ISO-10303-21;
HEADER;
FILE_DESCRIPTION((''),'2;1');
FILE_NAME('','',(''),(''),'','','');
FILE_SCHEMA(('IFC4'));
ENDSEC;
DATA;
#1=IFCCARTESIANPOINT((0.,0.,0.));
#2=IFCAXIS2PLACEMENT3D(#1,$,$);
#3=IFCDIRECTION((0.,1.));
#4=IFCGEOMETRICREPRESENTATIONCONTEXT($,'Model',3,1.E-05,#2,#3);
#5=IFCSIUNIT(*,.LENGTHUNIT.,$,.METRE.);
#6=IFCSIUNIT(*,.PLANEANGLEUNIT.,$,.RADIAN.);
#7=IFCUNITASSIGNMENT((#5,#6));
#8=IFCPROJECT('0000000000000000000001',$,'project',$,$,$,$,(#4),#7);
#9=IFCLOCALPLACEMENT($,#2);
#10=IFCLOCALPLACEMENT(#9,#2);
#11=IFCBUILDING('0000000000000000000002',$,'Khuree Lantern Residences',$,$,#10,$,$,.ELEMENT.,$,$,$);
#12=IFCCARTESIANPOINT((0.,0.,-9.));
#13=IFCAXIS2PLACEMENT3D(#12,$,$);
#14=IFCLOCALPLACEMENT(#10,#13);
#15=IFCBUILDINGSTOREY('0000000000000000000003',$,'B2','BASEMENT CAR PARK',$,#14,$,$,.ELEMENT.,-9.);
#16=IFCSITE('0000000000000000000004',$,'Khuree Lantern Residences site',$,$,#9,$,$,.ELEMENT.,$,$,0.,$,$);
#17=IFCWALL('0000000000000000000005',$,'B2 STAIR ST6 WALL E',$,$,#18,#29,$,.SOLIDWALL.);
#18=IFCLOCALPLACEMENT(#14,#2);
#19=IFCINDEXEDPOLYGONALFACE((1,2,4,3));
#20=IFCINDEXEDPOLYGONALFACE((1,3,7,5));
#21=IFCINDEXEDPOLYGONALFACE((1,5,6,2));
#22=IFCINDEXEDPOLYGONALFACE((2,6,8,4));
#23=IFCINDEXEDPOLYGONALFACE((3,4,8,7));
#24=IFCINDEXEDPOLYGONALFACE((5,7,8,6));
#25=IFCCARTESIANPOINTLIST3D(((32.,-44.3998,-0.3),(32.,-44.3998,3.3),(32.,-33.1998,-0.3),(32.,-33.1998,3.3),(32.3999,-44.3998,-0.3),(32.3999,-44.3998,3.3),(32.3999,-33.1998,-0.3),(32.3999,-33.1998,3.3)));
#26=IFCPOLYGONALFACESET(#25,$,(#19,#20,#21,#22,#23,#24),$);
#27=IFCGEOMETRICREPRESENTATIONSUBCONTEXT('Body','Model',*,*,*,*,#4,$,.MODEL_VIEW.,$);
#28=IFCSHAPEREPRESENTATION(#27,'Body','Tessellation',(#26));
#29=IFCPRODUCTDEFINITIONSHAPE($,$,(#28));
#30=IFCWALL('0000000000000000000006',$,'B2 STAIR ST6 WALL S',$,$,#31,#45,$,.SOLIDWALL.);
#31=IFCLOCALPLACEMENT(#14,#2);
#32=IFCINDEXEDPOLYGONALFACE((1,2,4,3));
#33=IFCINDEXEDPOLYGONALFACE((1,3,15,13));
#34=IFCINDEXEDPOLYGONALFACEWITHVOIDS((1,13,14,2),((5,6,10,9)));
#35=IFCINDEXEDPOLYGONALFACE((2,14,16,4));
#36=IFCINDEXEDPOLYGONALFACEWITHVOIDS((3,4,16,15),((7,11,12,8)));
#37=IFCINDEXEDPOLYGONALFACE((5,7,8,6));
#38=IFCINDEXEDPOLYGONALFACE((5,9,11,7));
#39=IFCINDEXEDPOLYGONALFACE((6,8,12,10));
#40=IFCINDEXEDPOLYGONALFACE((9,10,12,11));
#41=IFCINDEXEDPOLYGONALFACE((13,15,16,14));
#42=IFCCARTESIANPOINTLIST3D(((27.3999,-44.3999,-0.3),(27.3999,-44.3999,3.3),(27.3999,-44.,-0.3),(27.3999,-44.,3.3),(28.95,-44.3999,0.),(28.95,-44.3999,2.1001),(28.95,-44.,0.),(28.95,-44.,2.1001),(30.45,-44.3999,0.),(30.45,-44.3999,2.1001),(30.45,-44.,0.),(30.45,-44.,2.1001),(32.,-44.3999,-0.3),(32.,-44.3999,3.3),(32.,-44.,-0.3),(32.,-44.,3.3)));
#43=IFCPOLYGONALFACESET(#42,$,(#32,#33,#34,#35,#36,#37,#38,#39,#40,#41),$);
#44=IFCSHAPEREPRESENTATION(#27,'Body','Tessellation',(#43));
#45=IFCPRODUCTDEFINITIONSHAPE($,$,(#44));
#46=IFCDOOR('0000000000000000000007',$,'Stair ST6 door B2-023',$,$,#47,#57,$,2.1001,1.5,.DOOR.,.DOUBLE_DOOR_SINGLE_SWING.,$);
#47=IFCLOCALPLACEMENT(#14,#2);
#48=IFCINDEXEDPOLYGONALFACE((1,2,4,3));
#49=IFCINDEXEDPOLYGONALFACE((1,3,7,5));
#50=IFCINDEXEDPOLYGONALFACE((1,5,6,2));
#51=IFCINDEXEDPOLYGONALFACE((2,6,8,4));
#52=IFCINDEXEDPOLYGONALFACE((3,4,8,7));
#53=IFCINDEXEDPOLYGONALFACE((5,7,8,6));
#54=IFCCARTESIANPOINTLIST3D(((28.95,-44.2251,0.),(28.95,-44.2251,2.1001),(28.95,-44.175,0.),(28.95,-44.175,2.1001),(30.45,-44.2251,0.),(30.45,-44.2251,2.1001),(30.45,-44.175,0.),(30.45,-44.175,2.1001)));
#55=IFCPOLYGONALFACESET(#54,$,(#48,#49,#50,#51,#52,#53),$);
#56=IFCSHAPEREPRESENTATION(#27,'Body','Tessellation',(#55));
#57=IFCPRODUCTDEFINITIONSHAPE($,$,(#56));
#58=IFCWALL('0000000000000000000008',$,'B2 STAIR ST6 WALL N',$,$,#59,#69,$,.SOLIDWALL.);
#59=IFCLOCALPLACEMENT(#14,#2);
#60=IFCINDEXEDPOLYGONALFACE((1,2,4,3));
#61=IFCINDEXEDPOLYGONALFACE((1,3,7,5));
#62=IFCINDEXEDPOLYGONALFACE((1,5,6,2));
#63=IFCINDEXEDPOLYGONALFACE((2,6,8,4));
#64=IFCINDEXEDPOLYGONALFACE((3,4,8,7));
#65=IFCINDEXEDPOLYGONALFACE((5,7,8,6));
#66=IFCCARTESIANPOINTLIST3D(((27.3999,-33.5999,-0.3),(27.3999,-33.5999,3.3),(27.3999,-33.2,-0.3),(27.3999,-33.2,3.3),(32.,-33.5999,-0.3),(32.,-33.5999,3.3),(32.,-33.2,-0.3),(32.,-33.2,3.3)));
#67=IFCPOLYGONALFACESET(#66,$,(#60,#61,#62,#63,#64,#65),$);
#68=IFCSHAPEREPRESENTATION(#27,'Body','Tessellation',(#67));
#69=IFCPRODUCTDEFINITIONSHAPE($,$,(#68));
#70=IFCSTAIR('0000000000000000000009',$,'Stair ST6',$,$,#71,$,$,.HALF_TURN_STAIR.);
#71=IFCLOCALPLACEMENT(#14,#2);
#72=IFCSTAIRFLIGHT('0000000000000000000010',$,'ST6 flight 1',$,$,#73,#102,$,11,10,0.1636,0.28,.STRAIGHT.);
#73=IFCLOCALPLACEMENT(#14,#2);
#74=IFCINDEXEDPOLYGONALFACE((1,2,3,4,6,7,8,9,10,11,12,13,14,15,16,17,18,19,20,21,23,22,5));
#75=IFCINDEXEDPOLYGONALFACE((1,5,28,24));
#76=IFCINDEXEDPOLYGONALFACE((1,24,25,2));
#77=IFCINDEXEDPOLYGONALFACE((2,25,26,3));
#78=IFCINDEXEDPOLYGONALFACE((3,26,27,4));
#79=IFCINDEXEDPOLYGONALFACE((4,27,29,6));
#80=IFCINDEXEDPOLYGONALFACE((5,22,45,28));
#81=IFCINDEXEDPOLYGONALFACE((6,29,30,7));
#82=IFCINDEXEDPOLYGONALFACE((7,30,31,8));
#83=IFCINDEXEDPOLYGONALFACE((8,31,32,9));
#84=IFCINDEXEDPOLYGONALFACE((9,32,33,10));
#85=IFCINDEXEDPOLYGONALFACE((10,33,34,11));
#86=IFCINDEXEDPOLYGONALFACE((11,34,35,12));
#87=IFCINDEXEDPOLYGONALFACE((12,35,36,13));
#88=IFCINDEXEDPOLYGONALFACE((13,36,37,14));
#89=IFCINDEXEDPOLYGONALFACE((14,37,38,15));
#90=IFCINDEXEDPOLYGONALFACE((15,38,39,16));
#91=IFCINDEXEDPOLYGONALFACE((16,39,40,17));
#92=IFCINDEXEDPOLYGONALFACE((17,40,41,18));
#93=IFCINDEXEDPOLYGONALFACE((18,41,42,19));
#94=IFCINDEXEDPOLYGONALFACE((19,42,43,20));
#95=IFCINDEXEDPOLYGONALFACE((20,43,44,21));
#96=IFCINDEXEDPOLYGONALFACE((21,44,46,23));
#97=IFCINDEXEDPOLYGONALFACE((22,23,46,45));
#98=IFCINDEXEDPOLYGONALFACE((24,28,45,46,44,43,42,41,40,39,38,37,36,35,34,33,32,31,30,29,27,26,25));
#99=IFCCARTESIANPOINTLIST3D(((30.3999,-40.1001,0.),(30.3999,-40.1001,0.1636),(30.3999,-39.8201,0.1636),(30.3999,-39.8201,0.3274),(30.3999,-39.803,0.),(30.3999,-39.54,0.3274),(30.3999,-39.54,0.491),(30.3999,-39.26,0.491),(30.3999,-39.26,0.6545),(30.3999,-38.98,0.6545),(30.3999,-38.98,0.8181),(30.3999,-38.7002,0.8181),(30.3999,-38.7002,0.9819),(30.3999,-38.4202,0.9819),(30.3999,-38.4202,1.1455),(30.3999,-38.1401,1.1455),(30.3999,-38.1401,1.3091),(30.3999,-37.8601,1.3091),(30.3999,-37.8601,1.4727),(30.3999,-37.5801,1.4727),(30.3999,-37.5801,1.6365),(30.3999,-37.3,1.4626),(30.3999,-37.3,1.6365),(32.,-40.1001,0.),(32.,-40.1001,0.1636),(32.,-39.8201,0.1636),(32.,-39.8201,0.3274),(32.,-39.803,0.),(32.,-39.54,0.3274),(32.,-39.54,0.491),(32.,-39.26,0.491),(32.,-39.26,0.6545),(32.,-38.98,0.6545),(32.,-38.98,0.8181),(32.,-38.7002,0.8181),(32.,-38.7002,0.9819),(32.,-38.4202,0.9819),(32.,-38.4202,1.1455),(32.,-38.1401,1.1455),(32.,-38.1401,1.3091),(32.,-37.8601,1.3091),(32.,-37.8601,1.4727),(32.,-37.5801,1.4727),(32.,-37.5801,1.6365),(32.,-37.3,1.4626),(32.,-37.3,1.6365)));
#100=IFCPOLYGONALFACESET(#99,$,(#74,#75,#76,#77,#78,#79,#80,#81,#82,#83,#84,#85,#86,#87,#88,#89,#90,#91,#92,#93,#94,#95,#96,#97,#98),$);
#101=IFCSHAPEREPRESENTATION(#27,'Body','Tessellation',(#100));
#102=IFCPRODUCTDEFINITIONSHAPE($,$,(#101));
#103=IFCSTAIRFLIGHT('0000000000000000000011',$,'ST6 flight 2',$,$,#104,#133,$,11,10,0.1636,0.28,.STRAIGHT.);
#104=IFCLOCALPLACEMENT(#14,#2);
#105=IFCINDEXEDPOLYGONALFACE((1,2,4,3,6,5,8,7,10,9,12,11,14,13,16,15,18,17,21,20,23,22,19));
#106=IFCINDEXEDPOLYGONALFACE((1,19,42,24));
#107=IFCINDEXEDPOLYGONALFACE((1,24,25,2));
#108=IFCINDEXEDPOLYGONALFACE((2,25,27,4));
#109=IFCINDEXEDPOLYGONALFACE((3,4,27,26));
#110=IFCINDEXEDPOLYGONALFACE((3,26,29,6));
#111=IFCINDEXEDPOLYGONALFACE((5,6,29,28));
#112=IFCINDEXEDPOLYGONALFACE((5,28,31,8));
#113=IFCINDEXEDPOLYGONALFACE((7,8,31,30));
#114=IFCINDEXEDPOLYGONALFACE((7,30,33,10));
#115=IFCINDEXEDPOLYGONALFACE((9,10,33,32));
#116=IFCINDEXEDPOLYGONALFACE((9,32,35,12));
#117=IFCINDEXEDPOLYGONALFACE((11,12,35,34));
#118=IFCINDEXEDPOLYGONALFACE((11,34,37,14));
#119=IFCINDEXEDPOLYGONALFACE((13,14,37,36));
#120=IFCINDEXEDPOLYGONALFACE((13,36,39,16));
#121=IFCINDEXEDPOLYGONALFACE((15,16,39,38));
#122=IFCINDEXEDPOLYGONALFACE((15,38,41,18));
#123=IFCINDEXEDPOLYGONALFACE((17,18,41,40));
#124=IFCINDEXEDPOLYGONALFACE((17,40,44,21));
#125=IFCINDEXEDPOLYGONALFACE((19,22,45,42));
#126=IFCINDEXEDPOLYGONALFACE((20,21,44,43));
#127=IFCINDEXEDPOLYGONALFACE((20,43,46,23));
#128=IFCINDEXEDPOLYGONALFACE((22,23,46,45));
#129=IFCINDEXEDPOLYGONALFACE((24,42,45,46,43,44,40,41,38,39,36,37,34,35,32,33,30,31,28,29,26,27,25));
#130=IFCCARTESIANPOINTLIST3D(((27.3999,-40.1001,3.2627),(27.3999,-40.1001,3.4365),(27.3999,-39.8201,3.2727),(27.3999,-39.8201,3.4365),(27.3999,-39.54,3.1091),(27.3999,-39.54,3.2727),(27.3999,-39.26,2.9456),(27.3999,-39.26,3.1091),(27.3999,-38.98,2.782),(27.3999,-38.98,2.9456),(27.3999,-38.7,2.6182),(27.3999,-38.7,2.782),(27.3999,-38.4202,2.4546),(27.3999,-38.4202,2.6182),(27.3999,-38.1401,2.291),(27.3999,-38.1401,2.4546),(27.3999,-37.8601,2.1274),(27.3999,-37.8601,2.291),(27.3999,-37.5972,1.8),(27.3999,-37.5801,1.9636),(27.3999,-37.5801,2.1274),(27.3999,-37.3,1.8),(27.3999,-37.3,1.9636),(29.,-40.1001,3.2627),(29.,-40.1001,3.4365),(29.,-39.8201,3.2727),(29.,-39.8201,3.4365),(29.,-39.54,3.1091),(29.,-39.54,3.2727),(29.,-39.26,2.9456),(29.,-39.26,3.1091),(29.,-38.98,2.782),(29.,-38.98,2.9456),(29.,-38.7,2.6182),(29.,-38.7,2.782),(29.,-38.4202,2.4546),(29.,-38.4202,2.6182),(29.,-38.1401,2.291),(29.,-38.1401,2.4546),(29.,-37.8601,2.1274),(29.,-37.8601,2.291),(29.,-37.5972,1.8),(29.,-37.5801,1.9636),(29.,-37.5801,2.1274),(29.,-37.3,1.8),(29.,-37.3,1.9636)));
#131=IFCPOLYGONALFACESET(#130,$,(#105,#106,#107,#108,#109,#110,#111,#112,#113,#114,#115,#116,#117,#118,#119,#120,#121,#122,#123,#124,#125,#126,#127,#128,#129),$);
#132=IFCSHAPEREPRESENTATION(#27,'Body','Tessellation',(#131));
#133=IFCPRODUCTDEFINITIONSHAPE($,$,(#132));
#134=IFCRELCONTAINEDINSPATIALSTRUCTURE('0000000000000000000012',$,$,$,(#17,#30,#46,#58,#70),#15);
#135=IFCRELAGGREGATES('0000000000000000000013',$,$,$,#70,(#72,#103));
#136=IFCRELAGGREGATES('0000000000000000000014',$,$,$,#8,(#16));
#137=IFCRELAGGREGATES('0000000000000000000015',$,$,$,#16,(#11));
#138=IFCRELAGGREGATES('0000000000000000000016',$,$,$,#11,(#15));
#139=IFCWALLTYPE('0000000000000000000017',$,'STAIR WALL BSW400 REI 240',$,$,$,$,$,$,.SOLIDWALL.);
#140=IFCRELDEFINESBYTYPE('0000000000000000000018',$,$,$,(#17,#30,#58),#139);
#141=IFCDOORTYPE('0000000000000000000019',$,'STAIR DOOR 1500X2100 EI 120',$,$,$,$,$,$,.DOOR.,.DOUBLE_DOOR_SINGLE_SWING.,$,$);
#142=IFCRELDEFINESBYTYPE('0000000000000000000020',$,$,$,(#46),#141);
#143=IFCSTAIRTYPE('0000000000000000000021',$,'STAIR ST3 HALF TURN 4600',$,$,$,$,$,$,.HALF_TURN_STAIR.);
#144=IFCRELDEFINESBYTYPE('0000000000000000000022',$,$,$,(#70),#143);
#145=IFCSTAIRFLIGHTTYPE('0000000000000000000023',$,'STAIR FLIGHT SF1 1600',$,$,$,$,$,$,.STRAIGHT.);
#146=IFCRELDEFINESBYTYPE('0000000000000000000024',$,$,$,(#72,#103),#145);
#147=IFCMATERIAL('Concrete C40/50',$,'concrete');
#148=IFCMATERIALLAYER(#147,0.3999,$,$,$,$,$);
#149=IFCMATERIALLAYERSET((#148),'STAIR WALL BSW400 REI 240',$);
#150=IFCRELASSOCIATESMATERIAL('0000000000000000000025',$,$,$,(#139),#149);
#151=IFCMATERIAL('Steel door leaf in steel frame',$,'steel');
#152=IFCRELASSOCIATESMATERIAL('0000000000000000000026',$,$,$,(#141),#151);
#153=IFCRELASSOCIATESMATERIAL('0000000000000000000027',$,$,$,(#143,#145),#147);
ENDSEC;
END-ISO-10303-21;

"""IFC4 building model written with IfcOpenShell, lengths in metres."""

from ifc_helpers import new_model, si_unit, direction, frame, frame_2d, origin, place, context, subcontext, project, spatial, polyline, rectangle, outline, extrude, material, layer, layer_set, type_object, element, fill, aggregate, save


model = new_model("IFC4")

# Units and contexts
model_context = context("Model", 3, precision=1e-05, world=origin(), true_north=direction((0.0, 1.0)))
body_context = subcontext(model_context, "Body", "Model", "MODEL_VIEW")
ifc_project = project(units=[si_unit("LENGTHUNIT", "METRE"), si_unit("PLANEANGLEUNIT", "RADIAN")], contexts=[model_context])

# Site, building, storey
site_placement = place(None, origin())
site = spatial("IfcSite", under=ifc_project, at=site_placement, Name="Khuree Lantern Residences site", CompositionType="ELEMENT", RefElevation=0.0)
building_placement = place(site_placement, origin())
building = spatial("IfcBuilding", under=site, at=building_placement, Name="Khuree Lantern Residences", CompositionType="ELEMENT")
storey_placement = place(building_placement, frame((0.0, 0.0, -9.0)))
storey = spatial("IfcBuildingStorey", under=building, at=storey_placement, Name="B2", Description="BASEMENT CAR PARK", CompositionType="ELEMENT", Elevation=-9.0)

# Shared definitions
ifc_material_1 = material(Name="Concrete C40/50", Category="concrete")

# Wall
ifc_layer_1 = layer(ifc_material_1, 0.3999)
ifc_layer_set_1 = layer_set([ifc_layer_1], Name="STAIR WALL BSW400 REI 240")
wall_type_1 = type_object("IfcWallType", Name="STAIR WALL BSW400 REI 240", PredefinedType="SOLIDWALL", material=ifc_layer_set_1)
for number, where, z_axis, x_axis, name in (
    (1, (32.2, -44.3999, -0.3), (0.0, 0.0, 1.0), (0.0, 1.0, 0.0), "B2 STAIR ST6 WALL E"),
):
    element("IfcWall", number, at=place(storey_placement, frame(where, z_axis=z_axis, x_axis=x_axis)), inside=storey, type_object=wall_type_1, Name=name, PredefinedType="SOLIDWALL", context=body_context, shape_type="SweptSolid", body=[
        extrude(rectangle(XDim=11.2, YDim=0.3999, at=frame_2d((5.6001, 0.0))), origin(), (0.0, 0.0, 1.0), 3.6001),
    ])

# Wall, opening, door
wall_1_placement = place(storey_placement, frame((27.3999, -44.2, -0.3), z_axis=(0.0, 0.0, 1.0), x_axis=(1.0, 0.0, 0.0)))
wall_1 = element("IfcWall", 2, at=wall_1_placement, inside=storey, type_object=wall_type_1, Name="B2 STAIR ST6 WALL S", PredefinedType="SOLIDWALL", context=body_context, shape_type="SweptSolid", body=[
    extrude(rectangle(XDim=4.6001, YDim=0.3999, at=frame_2d((2.3, 0.0))), origin(), (0.0, 0.0, 1.0), 3.6001),
])
opening_placement = place(wall_1_placement, frame((1.55, 0.0, 0.3)))
opening = element("IfcOpeningElement", 3, at=opening_placement, cuts=wall_1, PredefinedType="OPENING", context=body_context, shape_type="SweptSolid", body=[
    extrude(rectangle(XDim=1.5, YDim=2.1001, at=frame_2d((0.75, 1.05))), frame((0.0, 0.21, 0.0), z_axis=(0.0, -1.0, 0.0), x_axis=(1.0, 0.0, 0.0)), (0.0, 0.0, 1.0), 0.4199),
])
ifc_material_2 = material(Name="Steel door leaf in steel frame", Category="steel")
door_type = type_object("IfcDoorType", Name="STAIR DOOR 1500X2100 EI 120", OperationType="DOUBLE_DOOR_SINGLE_SWING", PredefinedType="DOOR", material=ifc_material_2)
door_placement = place(opening_placement, origin())
door = element("IfcDoor", 4, at=door_placement, inside=storey, type_object=door_type, Name="Stair ST6 door B2-023", OperationType="DOUBLE_DOOR_SINGLE_SWING", OverallHeight=2.1001, OverallWidth=1.5, PredefinedType="DOOR", context=body_context, shape_type="SweptSolid", body=[
    extrude(rectangle(XDim=1.5, YDim=2.1001, at=frame_2d((0.75, 1.05))), frame((0.0, 0.0249, 0.0), z_axis=(0.0, -1.0, 0.0), x_axis=(1.0, 0.0, 0.0)), (0.0, 0.0, 1.0), 0.05),
])
fill(opening, door)

# Wall
wall_2_placement = place(storey_placement, frame((27.3999, -33.3999, -0.3), z_axis=(0.0, 0.0, 1.0), x_axis=(1.0, 0.0, 0.0)))
element("IfcWall", 5, at=wall_2_placement, inside=storey, type_object=wall_type_1, Name="B2 STAIR ST6 WALL N", PredefinedType="SOLIDWALL", context=body_context, shape_type="SweptSolid", body=[
    extrude(rectangle(XDim=4.6001, YDim=0.3999, at=frame_2d((2.3, 0.0))), origin(), (0.0, 0.0, 1.0), 3.6001),
])

# Stair, stair flights
stair_type = type_object("IfcStairType", Name="STAIR ST3 HALF TURN 4600", PredefinedType="HALF_TURN_STAIR", material=ifc_material_1)
stair_placement = place(storey_placement, origin())
stair = element("IfcStair", 6, at=stair_placement, inside=storey, type_object=stair_type, Name="Stair ST6", PredefinedType="HALF_TURN_STAIR")
stair_flight_type = type_object("IfcStairFlightType", Name="STAIR FLIGHT SF1 1600", PredefinedType="STRAIGHT", material=ifc_material_1)
stair_flight_1_placement = place(storey_placement, frame((31.2, -40.1001, 0.0), z_axis=(0.0, 0.0, 1.0), x_axis=(0.0, 1.0, 0.0)))
stair_flight_1 = element("IfcStairFlight", 7, at=stair_flight_1_placement, type_object=stair_flight_type, Name="ST6 flight 1", NumberOfRisers=11, NumberOfTreads=10, PredefinedType="STRAIGHT", RiserHeight=0.1636, TreadLength=0.28, context=body_context, shape_type="SweptSolid", body=[
    extrude(outline(polyline([(0.0, 0.0), (0.0, 0.1636), (0.28, 0.1636), (0.28, 0.3274), (0.5601, 0.3274), (0.5601, 0.491), (0.8401, 0.491), (0.8401, 0.6545), (1.1201, 0.6545), (1.1201, 0.8181), (1.3999, 0.8181), (1.3999, 0.9819), (1.6799, 0.9819), (1.6799, 1.1455), (1.96, 1.1455), (1.96, 1.3091), (2.24, 1.3091), (2.24, 1.4727), (2.52, 1.4727), (2.52, 1.6365), (2.8, 1.6365), (2.8, 1.8), (2.8, 1.4626), (0.2971, 0.0), (0.0, 0.0)])), frame((0.0, 0.8, 0.0), z_axis=(0.0, -1.0, 0.0), x_axis=(1.0, 0.0, 0.0)), (0.0, 0.0, 1.0), 1.6001),
])
stair_flight_2_placement = place(storey_placement, frame((28.2, -37.3, 1.8), z_axis=(0.0, 0.0, 1.0), x_axis=(0.0, -1.0, 0.0)))
stair_flight_2 = element("IfcStairFlight", 8, at=stair_flight_2_placement, type_object=stair_flight_type, Name="ST6 flight 2", NumberOfRisers=11, NumberOfTreads=10, PredefinedType="STRAIGHT", RiserHeight=0.1636, TreadLength=0.28, context=body_context, shape_type="SweptSolid", body=[
    extrude(outline(polyline([(0.0, 0.0), (0.0, 0.1636), (0.28, 0.1636), (0.28, 0.3274), (0.5601, 0.3274), (0.5601, 0.491), (0.8401, 0.491), (0.8401, 0.6545), (1.1201, 0.6545), (1.1201, 0.8181), (1.3999, 0.8181), (1.3999, 0.9819), (1.6799, 0.9819), (1.6799, 1.1455), (1.96, 1.1455), (1.96, 1.3091), (2.24, 1.3091), (2.24, 1.4727), (2.52, 1.4727), (2.52, 1.6365), (2.8, 1.6365), (2.8, 1.8), (2.8, 1.4626), (0.2971, 0.0), (0.0, 0.0)])), frame((0.0, 0.8, 0.0), z_axis=(0.0, -1.0, 0.0), x_axis=(1.0, 0.0, 0.0)), (0.0, 0.0, 1.0), 1.6001),
])
aggregate(stair, [stair_flight_1, stair_flight_2])

save(model, "model.ifc")
